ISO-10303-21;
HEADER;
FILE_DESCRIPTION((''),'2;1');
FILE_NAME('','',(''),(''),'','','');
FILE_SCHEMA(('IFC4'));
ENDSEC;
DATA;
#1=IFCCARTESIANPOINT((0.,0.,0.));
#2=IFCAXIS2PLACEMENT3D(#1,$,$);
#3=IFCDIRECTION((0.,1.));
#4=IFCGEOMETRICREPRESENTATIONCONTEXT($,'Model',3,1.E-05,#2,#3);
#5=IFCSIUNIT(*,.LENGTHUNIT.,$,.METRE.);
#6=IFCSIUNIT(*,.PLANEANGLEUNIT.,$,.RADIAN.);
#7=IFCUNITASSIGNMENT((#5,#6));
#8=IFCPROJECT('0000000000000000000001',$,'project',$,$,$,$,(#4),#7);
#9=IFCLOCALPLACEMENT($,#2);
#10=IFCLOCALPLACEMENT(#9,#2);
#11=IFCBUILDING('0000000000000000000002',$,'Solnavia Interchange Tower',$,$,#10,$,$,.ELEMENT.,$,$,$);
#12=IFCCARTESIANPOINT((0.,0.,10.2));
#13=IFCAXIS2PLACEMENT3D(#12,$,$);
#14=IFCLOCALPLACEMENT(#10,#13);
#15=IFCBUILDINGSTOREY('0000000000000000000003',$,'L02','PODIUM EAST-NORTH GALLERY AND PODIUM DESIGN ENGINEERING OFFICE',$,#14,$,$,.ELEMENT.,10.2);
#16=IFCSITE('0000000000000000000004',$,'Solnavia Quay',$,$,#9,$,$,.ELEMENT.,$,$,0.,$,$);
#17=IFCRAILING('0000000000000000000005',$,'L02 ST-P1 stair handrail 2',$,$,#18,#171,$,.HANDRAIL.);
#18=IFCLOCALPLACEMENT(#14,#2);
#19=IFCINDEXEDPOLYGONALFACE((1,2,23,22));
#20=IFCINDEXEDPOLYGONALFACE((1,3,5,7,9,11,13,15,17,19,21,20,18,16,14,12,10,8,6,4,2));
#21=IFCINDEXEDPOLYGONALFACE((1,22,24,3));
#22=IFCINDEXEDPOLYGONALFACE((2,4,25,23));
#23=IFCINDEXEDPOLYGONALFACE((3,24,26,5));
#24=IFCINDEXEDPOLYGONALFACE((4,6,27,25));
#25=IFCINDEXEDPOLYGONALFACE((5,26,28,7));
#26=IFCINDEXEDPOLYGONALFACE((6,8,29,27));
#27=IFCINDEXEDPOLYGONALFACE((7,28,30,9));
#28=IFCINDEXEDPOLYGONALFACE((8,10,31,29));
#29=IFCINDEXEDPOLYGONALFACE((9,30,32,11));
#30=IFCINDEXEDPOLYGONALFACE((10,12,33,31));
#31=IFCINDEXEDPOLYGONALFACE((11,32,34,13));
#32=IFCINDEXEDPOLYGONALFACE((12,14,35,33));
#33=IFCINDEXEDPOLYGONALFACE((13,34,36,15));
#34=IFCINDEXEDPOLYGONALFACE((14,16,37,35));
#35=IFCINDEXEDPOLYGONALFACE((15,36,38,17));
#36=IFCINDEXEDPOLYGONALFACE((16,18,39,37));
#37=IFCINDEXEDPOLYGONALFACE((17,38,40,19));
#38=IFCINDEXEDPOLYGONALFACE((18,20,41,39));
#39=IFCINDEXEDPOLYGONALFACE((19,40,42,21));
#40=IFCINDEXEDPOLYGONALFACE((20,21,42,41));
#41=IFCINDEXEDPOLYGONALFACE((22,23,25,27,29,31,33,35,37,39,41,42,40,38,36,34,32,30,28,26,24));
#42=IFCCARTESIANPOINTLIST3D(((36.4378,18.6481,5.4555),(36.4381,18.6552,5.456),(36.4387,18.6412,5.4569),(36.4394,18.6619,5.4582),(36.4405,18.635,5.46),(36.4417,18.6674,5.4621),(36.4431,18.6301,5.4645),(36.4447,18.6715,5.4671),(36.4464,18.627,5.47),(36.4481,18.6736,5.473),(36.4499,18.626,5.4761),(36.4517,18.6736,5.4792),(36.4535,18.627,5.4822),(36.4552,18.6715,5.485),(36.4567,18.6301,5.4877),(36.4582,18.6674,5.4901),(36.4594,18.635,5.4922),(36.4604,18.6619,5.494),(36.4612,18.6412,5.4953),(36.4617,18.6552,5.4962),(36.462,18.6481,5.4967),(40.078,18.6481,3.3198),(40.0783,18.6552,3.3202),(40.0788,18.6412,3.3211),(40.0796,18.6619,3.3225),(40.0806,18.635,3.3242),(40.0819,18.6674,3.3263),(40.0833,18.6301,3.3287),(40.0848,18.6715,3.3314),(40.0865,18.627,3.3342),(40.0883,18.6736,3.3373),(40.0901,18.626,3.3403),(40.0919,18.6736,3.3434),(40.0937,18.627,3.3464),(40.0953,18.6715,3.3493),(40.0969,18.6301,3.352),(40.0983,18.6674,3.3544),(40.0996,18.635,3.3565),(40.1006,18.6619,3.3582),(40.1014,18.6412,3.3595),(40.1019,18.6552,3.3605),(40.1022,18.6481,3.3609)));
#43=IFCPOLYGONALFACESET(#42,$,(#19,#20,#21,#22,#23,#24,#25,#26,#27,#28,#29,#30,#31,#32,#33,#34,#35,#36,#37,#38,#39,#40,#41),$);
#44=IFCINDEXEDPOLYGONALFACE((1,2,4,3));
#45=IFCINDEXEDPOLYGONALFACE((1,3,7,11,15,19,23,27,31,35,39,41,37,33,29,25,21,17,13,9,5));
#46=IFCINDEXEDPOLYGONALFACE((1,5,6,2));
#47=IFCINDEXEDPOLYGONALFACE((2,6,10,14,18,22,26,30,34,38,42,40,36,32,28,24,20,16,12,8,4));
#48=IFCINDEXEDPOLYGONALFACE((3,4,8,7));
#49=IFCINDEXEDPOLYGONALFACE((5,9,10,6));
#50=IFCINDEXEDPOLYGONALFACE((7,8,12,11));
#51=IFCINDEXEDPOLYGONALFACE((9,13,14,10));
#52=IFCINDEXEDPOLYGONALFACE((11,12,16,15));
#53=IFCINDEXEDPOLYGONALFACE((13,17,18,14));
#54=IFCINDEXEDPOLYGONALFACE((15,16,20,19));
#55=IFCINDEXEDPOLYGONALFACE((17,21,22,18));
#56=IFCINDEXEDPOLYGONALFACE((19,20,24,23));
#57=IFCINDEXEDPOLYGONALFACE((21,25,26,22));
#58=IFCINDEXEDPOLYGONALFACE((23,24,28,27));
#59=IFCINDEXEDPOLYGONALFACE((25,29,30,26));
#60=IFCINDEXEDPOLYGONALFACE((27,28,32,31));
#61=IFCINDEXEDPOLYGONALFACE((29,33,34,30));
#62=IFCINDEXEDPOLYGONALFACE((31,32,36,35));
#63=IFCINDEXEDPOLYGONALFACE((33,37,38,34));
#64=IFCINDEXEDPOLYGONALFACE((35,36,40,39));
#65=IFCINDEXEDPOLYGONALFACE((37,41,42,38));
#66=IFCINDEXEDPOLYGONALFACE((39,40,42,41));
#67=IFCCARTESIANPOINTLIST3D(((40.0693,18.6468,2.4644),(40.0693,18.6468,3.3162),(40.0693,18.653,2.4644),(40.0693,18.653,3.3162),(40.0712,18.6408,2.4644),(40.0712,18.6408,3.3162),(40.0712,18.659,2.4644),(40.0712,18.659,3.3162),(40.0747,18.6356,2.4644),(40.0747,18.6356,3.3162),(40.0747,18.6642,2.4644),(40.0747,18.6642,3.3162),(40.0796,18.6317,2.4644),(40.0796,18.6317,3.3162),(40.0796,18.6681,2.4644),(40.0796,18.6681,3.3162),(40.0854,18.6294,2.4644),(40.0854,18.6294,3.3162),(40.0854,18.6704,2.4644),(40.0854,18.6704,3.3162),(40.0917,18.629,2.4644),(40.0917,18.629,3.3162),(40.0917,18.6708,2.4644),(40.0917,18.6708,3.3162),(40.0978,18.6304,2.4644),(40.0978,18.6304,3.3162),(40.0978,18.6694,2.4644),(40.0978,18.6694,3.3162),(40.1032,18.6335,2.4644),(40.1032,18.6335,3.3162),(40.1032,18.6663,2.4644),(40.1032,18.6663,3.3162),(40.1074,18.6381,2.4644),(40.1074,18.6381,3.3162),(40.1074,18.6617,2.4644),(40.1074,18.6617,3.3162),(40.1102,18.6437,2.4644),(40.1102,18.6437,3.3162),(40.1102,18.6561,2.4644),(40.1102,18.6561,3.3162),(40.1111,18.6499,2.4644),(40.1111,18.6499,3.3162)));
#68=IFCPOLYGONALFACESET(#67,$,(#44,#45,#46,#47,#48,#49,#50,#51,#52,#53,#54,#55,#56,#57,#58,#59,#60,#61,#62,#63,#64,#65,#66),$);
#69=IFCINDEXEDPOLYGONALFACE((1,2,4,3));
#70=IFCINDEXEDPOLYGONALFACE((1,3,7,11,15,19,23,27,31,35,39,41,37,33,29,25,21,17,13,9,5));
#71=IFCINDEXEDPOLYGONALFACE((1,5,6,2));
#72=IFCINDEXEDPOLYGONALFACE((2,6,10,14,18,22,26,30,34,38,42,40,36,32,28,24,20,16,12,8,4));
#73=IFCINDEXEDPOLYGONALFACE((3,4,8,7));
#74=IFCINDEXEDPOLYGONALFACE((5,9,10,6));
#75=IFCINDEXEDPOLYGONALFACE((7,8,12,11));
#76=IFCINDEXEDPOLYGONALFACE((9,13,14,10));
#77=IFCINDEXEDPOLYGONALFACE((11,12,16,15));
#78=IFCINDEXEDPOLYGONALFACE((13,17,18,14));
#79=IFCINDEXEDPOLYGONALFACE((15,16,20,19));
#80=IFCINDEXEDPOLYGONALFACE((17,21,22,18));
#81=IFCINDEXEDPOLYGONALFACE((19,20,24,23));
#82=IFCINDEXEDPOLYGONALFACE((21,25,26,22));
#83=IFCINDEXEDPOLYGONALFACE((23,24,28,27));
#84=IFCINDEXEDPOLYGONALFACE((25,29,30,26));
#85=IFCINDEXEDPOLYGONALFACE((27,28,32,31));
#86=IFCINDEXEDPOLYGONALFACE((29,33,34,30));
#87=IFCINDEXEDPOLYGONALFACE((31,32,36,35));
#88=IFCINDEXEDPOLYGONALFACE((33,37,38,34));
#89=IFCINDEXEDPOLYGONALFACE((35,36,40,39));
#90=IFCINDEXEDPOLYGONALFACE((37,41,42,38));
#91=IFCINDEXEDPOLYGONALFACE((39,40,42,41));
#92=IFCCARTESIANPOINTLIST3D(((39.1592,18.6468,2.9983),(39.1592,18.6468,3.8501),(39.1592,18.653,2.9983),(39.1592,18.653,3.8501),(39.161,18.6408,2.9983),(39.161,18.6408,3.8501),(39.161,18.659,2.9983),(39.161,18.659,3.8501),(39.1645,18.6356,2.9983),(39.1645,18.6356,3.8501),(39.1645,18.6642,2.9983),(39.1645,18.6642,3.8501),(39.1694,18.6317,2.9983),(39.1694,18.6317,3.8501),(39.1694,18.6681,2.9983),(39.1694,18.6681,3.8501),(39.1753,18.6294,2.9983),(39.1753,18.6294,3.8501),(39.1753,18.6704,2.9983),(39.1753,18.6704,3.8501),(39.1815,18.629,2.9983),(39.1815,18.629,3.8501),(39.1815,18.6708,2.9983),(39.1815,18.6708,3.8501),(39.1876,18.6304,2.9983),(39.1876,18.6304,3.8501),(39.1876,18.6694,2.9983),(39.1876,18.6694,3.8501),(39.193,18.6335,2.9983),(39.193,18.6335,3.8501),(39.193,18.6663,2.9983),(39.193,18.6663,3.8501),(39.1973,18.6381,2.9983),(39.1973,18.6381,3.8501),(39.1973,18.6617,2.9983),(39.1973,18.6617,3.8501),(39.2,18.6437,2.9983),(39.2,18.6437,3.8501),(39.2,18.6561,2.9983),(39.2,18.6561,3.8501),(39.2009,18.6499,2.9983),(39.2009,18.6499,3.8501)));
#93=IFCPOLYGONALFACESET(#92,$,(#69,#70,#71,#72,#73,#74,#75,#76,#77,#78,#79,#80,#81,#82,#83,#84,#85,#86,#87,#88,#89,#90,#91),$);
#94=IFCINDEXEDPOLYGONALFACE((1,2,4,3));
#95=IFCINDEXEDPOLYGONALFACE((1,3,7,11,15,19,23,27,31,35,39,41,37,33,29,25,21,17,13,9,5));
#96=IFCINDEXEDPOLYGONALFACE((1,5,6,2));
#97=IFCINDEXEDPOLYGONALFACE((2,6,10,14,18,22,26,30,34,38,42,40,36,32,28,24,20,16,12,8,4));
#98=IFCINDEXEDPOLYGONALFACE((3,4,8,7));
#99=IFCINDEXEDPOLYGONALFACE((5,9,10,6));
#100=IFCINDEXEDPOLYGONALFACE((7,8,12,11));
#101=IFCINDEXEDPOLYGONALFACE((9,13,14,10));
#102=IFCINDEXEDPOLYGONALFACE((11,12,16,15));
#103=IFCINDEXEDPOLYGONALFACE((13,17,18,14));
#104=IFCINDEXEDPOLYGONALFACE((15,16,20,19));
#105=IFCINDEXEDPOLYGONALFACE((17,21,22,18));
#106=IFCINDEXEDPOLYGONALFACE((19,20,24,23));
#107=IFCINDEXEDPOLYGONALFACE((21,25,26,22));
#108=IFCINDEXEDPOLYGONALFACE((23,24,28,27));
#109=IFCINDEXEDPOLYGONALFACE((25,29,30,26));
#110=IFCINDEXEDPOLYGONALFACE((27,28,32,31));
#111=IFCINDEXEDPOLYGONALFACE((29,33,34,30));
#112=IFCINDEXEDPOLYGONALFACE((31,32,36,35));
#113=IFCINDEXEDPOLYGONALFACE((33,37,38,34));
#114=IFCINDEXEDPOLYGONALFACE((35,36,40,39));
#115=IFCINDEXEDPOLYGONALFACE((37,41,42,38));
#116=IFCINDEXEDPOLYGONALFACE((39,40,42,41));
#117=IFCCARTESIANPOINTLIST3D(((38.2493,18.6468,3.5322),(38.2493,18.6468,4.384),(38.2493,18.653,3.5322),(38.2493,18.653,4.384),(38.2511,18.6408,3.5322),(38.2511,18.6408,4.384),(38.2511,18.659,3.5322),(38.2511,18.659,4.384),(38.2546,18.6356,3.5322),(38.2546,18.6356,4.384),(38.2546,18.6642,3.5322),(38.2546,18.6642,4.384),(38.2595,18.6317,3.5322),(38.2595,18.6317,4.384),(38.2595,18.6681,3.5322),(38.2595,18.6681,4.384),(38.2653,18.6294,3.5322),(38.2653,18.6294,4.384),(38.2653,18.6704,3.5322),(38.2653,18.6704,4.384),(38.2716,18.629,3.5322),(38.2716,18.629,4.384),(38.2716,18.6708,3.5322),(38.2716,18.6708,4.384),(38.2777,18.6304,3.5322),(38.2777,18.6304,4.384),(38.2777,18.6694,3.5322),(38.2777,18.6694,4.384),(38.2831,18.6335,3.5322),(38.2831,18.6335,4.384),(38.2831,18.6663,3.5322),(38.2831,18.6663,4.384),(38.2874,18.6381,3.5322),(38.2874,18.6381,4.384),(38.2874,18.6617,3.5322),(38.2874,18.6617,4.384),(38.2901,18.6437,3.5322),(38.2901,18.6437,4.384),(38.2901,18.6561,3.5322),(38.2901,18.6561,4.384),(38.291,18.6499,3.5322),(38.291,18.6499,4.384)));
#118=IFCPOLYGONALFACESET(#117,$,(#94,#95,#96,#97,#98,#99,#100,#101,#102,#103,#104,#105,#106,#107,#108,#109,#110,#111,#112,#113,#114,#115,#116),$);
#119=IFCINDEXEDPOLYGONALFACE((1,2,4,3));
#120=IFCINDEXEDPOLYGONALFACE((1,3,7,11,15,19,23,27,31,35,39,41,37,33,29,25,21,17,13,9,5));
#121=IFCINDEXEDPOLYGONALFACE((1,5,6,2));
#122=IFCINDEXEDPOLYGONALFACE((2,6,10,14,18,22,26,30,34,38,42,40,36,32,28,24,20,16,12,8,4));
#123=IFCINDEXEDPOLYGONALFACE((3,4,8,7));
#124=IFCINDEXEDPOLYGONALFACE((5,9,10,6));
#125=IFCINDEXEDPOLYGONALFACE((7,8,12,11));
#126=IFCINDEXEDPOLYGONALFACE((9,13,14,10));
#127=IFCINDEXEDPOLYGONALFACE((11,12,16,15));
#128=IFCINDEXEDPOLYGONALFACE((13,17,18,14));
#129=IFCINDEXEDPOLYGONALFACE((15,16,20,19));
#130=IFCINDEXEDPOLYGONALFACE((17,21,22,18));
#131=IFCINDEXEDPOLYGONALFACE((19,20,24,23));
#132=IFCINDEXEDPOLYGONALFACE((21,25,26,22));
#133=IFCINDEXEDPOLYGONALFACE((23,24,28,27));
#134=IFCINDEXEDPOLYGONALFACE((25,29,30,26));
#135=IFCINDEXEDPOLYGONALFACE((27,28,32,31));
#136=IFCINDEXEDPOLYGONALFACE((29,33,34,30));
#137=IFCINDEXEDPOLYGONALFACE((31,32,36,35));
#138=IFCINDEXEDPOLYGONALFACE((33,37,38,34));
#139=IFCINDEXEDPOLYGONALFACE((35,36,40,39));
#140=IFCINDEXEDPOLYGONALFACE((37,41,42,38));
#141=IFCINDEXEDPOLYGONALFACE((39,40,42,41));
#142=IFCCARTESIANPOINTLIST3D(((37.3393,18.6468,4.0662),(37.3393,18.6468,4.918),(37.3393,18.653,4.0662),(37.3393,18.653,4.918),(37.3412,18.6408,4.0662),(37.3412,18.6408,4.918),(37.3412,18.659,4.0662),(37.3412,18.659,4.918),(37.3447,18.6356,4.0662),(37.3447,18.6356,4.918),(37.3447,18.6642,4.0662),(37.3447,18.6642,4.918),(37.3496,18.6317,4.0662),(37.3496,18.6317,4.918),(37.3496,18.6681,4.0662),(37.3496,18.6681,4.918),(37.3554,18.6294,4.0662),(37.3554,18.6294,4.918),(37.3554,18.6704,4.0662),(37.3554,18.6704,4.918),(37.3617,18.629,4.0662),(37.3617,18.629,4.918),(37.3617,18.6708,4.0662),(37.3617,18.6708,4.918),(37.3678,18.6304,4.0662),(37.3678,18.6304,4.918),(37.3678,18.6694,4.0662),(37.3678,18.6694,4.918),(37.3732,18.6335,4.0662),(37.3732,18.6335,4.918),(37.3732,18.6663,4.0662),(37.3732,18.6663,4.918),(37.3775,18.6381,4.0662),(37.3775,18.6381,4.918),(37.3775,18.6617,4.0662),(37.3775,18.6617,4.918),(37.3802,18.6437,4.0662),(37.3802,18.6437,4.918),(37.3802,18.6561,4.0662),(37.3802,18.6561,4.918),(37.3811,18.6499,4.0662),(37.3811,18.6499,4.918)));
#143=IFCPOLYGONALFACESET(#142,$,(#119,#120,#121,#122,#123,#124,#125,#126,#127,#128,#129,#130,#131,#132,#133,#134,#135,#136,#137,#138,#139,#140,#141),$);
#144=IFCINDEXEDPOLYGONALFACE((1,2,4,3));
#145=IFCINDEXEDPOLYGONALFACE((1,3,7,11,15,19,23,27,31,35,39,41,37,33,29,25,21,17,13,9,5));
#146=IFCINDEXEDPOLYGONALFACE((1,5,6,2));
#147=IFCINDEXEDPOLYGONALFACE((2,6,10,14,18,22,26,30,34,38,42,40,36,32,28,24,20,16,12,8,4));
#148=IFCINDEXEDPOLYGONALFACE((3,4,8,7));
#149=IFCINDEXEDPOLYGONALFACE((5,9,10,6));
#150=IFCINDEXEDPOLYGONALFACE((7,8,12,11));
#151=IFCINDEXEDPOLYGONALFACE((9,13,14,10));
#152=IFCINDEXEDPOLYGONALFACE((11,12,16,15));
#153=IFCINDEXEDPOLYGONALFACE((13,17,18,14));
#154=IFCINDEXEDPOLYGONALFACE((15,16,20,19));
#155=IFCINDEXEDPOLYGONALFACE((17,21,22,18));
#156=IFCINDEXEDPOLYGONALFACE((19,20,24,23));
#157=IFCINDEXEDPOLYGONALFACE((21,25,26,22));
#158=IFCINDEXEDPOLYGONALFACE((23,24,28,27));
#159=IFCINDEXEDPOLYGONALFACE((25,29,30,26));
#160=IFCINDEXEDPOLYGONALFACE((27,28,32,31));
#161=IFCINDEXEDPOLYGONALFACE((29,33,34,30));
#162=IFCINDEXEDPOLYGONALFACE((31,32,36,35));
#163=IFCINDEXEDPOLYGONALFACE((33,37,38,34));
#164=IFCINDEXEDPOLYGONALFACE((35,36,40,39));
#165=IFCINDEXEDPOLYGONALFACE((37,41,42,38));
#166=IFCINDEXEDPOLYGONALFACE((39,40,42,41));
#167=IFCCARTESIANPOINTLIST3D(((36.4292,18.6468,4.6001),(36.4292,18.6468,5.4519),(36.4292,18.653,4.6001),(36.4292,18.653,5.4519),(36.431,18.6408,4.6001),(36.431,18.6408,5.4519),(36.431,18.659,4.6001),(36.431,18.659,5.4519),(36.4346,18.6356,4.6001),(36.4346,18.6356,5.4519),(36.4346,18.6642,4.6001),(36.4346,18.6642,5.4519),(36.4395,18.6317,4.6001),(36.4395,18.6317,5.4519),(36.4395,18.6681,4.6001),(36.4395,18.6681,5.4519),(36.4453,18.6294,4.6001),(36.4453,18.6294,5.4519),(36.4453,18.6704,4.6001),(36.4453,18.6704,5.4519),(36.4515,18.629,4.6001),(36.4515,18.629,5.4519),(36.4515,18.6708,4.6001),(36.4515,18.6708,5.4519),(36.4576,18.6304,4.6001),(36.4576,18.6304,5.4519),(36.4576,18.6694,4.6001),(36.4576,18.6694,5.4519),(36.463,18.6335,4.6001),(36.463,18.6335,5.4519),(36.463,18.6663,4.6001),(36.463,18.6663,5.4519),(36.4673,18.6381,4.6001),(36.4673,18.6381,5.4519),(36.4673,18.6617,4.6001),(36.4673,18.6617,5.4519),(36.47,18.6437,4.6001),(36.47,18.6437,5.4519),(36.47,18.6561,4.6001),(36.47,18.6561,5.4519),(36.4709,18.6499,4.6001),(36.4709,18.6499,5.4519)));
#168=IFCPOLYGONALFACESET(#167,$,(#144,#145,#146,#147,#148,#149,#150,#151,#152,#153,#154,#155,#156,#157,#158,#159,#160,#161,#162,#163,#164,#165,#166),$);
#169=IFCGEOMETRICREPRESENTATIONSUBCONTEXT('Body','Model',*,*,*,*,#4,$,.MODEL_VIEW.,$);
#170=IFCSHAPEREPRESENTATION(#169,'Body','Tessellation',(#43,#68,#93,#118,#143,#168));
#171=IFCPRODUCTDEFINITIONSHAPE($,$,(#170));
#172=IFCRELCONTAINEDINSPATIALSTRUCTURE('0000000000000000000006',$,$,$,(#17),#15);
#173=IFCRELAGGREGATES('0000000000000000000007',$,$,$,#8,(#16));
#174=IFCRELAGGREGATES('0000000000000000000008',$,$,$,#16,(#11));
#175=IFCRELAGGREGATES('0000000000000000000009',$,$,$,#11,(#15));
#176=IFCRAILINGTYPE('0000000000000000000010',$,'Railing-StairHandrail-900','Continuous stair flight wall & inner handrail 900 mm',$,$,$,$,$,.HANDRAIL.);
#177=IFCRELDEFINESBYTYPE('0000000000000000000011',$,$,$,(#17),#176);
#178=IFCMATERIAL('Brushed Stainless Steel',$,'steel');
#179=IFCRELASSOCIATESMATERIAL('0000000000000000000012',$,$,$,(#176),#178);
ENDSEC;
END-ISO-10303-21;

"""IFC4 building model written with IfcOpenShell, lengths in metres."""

from ifc_helpers import new_model, si_unit, direction, frame, origin, origin_2d, place, context, subcontext, project, spatial, circle, extrude, material, type_object, element, save


model = new_model("IFC4")

# Units and contexts
model_context = context("Model", 3, precision=1e-05, world=origin(), true_north=direction((0.0, 1.0)))
body_context = subcontext(model_context, "Body", "Model", "MODEL_VIEW")
ifc_project = project(units=[si_unit("LENGTHUNIT", "METRE"), si_unit("PLANEANGLEUNIT", "RADIAN")], contexts=[model_context])

# Site, building, storey
site_placement = place(None, origin())
site = spatial("IfcSite", under=ifc_project, at=site_placement, Name="Solnavia Quay", CompositionType="ELEMENT", RefElevation=0.0)
building_placement = place(site_placement, origin())
building = spatial("IfcBuilding", under=site, at=building_placement, Name="Solnavia Interchange Tower", CompositionType="ELEMENT")
storey_placement = place(building_placement, frame((0.0, 0.0, 10.2)))
storey = spatial("IfcBuildingStorey", under=building, at=storey_placement, Name="L02", Description="PODIUM EAST-NORTH GALLERY AND PODIUM DESIGN ENGINEERING OFFICE", CompositionType="ELEMENT", Elevation=10.2)

# Railing
ifc_material_1 = material(Name="Brushed Stainless Steel", Category="steel")
railing_type_1 = type_object("IfcRailingType", Name="Railing-StairHandrail-900", Description="Continuous stair flight wall & inner handrail 900 mm", PredefinedType="HANDRAIL", material=ifc_material_1)
railing_1_placement = place(storey_placement, frame((40.0901, 18.6499, 2.4644)))
element("IfcRailing", 1, at=railing_1_placement, inside=storey, type_object=railing_type_1, Name="L02 ST-P1 stair handrail 2", PredefinedType="HANDRAIL", context=body_context, shape_type="SweptSolid", body=[
    extrude(circle(Radius=0.0239, at=origin_2d()), frame((0.0, 0.0, 0.876), z_axis=(-0.862505, 0.0, 0.506049), x_axis=(0.0, -1.0, 0.0)), (0.0, 0.0, 1.0), 4.2205),
    extrude(circle(Radius=0.021, at=origin_2d()), origin(), (0.0, 0.0, 1.0), 0.8518),
    extrude(circle(Radius=0.021, at=origin_2d()), frame((-0.9102, 0.0, 0.5339)), (0.0, 0.0, 1.0), 0.8518),
    extrude(circle(Radius=0.021, at=origin_2d()), frame((-1.8201, 0.0, 1.0679)), (0.0, 0.0, 1.0), 0.8518),
    extrude(circle(Radius=0.021, at=origin_2d()), frame((-2.73, 0.0, 1.6018)), (0.0, 0.0, 1.0), 0.8518),
    extrude(circle(Radius=0.021, at=origin_2d()), frame((-3.6401, 0.0, 2.1357)), (0.0, 0.0, 1.0), 0.8518),
])

save(model, "model.ifc")
